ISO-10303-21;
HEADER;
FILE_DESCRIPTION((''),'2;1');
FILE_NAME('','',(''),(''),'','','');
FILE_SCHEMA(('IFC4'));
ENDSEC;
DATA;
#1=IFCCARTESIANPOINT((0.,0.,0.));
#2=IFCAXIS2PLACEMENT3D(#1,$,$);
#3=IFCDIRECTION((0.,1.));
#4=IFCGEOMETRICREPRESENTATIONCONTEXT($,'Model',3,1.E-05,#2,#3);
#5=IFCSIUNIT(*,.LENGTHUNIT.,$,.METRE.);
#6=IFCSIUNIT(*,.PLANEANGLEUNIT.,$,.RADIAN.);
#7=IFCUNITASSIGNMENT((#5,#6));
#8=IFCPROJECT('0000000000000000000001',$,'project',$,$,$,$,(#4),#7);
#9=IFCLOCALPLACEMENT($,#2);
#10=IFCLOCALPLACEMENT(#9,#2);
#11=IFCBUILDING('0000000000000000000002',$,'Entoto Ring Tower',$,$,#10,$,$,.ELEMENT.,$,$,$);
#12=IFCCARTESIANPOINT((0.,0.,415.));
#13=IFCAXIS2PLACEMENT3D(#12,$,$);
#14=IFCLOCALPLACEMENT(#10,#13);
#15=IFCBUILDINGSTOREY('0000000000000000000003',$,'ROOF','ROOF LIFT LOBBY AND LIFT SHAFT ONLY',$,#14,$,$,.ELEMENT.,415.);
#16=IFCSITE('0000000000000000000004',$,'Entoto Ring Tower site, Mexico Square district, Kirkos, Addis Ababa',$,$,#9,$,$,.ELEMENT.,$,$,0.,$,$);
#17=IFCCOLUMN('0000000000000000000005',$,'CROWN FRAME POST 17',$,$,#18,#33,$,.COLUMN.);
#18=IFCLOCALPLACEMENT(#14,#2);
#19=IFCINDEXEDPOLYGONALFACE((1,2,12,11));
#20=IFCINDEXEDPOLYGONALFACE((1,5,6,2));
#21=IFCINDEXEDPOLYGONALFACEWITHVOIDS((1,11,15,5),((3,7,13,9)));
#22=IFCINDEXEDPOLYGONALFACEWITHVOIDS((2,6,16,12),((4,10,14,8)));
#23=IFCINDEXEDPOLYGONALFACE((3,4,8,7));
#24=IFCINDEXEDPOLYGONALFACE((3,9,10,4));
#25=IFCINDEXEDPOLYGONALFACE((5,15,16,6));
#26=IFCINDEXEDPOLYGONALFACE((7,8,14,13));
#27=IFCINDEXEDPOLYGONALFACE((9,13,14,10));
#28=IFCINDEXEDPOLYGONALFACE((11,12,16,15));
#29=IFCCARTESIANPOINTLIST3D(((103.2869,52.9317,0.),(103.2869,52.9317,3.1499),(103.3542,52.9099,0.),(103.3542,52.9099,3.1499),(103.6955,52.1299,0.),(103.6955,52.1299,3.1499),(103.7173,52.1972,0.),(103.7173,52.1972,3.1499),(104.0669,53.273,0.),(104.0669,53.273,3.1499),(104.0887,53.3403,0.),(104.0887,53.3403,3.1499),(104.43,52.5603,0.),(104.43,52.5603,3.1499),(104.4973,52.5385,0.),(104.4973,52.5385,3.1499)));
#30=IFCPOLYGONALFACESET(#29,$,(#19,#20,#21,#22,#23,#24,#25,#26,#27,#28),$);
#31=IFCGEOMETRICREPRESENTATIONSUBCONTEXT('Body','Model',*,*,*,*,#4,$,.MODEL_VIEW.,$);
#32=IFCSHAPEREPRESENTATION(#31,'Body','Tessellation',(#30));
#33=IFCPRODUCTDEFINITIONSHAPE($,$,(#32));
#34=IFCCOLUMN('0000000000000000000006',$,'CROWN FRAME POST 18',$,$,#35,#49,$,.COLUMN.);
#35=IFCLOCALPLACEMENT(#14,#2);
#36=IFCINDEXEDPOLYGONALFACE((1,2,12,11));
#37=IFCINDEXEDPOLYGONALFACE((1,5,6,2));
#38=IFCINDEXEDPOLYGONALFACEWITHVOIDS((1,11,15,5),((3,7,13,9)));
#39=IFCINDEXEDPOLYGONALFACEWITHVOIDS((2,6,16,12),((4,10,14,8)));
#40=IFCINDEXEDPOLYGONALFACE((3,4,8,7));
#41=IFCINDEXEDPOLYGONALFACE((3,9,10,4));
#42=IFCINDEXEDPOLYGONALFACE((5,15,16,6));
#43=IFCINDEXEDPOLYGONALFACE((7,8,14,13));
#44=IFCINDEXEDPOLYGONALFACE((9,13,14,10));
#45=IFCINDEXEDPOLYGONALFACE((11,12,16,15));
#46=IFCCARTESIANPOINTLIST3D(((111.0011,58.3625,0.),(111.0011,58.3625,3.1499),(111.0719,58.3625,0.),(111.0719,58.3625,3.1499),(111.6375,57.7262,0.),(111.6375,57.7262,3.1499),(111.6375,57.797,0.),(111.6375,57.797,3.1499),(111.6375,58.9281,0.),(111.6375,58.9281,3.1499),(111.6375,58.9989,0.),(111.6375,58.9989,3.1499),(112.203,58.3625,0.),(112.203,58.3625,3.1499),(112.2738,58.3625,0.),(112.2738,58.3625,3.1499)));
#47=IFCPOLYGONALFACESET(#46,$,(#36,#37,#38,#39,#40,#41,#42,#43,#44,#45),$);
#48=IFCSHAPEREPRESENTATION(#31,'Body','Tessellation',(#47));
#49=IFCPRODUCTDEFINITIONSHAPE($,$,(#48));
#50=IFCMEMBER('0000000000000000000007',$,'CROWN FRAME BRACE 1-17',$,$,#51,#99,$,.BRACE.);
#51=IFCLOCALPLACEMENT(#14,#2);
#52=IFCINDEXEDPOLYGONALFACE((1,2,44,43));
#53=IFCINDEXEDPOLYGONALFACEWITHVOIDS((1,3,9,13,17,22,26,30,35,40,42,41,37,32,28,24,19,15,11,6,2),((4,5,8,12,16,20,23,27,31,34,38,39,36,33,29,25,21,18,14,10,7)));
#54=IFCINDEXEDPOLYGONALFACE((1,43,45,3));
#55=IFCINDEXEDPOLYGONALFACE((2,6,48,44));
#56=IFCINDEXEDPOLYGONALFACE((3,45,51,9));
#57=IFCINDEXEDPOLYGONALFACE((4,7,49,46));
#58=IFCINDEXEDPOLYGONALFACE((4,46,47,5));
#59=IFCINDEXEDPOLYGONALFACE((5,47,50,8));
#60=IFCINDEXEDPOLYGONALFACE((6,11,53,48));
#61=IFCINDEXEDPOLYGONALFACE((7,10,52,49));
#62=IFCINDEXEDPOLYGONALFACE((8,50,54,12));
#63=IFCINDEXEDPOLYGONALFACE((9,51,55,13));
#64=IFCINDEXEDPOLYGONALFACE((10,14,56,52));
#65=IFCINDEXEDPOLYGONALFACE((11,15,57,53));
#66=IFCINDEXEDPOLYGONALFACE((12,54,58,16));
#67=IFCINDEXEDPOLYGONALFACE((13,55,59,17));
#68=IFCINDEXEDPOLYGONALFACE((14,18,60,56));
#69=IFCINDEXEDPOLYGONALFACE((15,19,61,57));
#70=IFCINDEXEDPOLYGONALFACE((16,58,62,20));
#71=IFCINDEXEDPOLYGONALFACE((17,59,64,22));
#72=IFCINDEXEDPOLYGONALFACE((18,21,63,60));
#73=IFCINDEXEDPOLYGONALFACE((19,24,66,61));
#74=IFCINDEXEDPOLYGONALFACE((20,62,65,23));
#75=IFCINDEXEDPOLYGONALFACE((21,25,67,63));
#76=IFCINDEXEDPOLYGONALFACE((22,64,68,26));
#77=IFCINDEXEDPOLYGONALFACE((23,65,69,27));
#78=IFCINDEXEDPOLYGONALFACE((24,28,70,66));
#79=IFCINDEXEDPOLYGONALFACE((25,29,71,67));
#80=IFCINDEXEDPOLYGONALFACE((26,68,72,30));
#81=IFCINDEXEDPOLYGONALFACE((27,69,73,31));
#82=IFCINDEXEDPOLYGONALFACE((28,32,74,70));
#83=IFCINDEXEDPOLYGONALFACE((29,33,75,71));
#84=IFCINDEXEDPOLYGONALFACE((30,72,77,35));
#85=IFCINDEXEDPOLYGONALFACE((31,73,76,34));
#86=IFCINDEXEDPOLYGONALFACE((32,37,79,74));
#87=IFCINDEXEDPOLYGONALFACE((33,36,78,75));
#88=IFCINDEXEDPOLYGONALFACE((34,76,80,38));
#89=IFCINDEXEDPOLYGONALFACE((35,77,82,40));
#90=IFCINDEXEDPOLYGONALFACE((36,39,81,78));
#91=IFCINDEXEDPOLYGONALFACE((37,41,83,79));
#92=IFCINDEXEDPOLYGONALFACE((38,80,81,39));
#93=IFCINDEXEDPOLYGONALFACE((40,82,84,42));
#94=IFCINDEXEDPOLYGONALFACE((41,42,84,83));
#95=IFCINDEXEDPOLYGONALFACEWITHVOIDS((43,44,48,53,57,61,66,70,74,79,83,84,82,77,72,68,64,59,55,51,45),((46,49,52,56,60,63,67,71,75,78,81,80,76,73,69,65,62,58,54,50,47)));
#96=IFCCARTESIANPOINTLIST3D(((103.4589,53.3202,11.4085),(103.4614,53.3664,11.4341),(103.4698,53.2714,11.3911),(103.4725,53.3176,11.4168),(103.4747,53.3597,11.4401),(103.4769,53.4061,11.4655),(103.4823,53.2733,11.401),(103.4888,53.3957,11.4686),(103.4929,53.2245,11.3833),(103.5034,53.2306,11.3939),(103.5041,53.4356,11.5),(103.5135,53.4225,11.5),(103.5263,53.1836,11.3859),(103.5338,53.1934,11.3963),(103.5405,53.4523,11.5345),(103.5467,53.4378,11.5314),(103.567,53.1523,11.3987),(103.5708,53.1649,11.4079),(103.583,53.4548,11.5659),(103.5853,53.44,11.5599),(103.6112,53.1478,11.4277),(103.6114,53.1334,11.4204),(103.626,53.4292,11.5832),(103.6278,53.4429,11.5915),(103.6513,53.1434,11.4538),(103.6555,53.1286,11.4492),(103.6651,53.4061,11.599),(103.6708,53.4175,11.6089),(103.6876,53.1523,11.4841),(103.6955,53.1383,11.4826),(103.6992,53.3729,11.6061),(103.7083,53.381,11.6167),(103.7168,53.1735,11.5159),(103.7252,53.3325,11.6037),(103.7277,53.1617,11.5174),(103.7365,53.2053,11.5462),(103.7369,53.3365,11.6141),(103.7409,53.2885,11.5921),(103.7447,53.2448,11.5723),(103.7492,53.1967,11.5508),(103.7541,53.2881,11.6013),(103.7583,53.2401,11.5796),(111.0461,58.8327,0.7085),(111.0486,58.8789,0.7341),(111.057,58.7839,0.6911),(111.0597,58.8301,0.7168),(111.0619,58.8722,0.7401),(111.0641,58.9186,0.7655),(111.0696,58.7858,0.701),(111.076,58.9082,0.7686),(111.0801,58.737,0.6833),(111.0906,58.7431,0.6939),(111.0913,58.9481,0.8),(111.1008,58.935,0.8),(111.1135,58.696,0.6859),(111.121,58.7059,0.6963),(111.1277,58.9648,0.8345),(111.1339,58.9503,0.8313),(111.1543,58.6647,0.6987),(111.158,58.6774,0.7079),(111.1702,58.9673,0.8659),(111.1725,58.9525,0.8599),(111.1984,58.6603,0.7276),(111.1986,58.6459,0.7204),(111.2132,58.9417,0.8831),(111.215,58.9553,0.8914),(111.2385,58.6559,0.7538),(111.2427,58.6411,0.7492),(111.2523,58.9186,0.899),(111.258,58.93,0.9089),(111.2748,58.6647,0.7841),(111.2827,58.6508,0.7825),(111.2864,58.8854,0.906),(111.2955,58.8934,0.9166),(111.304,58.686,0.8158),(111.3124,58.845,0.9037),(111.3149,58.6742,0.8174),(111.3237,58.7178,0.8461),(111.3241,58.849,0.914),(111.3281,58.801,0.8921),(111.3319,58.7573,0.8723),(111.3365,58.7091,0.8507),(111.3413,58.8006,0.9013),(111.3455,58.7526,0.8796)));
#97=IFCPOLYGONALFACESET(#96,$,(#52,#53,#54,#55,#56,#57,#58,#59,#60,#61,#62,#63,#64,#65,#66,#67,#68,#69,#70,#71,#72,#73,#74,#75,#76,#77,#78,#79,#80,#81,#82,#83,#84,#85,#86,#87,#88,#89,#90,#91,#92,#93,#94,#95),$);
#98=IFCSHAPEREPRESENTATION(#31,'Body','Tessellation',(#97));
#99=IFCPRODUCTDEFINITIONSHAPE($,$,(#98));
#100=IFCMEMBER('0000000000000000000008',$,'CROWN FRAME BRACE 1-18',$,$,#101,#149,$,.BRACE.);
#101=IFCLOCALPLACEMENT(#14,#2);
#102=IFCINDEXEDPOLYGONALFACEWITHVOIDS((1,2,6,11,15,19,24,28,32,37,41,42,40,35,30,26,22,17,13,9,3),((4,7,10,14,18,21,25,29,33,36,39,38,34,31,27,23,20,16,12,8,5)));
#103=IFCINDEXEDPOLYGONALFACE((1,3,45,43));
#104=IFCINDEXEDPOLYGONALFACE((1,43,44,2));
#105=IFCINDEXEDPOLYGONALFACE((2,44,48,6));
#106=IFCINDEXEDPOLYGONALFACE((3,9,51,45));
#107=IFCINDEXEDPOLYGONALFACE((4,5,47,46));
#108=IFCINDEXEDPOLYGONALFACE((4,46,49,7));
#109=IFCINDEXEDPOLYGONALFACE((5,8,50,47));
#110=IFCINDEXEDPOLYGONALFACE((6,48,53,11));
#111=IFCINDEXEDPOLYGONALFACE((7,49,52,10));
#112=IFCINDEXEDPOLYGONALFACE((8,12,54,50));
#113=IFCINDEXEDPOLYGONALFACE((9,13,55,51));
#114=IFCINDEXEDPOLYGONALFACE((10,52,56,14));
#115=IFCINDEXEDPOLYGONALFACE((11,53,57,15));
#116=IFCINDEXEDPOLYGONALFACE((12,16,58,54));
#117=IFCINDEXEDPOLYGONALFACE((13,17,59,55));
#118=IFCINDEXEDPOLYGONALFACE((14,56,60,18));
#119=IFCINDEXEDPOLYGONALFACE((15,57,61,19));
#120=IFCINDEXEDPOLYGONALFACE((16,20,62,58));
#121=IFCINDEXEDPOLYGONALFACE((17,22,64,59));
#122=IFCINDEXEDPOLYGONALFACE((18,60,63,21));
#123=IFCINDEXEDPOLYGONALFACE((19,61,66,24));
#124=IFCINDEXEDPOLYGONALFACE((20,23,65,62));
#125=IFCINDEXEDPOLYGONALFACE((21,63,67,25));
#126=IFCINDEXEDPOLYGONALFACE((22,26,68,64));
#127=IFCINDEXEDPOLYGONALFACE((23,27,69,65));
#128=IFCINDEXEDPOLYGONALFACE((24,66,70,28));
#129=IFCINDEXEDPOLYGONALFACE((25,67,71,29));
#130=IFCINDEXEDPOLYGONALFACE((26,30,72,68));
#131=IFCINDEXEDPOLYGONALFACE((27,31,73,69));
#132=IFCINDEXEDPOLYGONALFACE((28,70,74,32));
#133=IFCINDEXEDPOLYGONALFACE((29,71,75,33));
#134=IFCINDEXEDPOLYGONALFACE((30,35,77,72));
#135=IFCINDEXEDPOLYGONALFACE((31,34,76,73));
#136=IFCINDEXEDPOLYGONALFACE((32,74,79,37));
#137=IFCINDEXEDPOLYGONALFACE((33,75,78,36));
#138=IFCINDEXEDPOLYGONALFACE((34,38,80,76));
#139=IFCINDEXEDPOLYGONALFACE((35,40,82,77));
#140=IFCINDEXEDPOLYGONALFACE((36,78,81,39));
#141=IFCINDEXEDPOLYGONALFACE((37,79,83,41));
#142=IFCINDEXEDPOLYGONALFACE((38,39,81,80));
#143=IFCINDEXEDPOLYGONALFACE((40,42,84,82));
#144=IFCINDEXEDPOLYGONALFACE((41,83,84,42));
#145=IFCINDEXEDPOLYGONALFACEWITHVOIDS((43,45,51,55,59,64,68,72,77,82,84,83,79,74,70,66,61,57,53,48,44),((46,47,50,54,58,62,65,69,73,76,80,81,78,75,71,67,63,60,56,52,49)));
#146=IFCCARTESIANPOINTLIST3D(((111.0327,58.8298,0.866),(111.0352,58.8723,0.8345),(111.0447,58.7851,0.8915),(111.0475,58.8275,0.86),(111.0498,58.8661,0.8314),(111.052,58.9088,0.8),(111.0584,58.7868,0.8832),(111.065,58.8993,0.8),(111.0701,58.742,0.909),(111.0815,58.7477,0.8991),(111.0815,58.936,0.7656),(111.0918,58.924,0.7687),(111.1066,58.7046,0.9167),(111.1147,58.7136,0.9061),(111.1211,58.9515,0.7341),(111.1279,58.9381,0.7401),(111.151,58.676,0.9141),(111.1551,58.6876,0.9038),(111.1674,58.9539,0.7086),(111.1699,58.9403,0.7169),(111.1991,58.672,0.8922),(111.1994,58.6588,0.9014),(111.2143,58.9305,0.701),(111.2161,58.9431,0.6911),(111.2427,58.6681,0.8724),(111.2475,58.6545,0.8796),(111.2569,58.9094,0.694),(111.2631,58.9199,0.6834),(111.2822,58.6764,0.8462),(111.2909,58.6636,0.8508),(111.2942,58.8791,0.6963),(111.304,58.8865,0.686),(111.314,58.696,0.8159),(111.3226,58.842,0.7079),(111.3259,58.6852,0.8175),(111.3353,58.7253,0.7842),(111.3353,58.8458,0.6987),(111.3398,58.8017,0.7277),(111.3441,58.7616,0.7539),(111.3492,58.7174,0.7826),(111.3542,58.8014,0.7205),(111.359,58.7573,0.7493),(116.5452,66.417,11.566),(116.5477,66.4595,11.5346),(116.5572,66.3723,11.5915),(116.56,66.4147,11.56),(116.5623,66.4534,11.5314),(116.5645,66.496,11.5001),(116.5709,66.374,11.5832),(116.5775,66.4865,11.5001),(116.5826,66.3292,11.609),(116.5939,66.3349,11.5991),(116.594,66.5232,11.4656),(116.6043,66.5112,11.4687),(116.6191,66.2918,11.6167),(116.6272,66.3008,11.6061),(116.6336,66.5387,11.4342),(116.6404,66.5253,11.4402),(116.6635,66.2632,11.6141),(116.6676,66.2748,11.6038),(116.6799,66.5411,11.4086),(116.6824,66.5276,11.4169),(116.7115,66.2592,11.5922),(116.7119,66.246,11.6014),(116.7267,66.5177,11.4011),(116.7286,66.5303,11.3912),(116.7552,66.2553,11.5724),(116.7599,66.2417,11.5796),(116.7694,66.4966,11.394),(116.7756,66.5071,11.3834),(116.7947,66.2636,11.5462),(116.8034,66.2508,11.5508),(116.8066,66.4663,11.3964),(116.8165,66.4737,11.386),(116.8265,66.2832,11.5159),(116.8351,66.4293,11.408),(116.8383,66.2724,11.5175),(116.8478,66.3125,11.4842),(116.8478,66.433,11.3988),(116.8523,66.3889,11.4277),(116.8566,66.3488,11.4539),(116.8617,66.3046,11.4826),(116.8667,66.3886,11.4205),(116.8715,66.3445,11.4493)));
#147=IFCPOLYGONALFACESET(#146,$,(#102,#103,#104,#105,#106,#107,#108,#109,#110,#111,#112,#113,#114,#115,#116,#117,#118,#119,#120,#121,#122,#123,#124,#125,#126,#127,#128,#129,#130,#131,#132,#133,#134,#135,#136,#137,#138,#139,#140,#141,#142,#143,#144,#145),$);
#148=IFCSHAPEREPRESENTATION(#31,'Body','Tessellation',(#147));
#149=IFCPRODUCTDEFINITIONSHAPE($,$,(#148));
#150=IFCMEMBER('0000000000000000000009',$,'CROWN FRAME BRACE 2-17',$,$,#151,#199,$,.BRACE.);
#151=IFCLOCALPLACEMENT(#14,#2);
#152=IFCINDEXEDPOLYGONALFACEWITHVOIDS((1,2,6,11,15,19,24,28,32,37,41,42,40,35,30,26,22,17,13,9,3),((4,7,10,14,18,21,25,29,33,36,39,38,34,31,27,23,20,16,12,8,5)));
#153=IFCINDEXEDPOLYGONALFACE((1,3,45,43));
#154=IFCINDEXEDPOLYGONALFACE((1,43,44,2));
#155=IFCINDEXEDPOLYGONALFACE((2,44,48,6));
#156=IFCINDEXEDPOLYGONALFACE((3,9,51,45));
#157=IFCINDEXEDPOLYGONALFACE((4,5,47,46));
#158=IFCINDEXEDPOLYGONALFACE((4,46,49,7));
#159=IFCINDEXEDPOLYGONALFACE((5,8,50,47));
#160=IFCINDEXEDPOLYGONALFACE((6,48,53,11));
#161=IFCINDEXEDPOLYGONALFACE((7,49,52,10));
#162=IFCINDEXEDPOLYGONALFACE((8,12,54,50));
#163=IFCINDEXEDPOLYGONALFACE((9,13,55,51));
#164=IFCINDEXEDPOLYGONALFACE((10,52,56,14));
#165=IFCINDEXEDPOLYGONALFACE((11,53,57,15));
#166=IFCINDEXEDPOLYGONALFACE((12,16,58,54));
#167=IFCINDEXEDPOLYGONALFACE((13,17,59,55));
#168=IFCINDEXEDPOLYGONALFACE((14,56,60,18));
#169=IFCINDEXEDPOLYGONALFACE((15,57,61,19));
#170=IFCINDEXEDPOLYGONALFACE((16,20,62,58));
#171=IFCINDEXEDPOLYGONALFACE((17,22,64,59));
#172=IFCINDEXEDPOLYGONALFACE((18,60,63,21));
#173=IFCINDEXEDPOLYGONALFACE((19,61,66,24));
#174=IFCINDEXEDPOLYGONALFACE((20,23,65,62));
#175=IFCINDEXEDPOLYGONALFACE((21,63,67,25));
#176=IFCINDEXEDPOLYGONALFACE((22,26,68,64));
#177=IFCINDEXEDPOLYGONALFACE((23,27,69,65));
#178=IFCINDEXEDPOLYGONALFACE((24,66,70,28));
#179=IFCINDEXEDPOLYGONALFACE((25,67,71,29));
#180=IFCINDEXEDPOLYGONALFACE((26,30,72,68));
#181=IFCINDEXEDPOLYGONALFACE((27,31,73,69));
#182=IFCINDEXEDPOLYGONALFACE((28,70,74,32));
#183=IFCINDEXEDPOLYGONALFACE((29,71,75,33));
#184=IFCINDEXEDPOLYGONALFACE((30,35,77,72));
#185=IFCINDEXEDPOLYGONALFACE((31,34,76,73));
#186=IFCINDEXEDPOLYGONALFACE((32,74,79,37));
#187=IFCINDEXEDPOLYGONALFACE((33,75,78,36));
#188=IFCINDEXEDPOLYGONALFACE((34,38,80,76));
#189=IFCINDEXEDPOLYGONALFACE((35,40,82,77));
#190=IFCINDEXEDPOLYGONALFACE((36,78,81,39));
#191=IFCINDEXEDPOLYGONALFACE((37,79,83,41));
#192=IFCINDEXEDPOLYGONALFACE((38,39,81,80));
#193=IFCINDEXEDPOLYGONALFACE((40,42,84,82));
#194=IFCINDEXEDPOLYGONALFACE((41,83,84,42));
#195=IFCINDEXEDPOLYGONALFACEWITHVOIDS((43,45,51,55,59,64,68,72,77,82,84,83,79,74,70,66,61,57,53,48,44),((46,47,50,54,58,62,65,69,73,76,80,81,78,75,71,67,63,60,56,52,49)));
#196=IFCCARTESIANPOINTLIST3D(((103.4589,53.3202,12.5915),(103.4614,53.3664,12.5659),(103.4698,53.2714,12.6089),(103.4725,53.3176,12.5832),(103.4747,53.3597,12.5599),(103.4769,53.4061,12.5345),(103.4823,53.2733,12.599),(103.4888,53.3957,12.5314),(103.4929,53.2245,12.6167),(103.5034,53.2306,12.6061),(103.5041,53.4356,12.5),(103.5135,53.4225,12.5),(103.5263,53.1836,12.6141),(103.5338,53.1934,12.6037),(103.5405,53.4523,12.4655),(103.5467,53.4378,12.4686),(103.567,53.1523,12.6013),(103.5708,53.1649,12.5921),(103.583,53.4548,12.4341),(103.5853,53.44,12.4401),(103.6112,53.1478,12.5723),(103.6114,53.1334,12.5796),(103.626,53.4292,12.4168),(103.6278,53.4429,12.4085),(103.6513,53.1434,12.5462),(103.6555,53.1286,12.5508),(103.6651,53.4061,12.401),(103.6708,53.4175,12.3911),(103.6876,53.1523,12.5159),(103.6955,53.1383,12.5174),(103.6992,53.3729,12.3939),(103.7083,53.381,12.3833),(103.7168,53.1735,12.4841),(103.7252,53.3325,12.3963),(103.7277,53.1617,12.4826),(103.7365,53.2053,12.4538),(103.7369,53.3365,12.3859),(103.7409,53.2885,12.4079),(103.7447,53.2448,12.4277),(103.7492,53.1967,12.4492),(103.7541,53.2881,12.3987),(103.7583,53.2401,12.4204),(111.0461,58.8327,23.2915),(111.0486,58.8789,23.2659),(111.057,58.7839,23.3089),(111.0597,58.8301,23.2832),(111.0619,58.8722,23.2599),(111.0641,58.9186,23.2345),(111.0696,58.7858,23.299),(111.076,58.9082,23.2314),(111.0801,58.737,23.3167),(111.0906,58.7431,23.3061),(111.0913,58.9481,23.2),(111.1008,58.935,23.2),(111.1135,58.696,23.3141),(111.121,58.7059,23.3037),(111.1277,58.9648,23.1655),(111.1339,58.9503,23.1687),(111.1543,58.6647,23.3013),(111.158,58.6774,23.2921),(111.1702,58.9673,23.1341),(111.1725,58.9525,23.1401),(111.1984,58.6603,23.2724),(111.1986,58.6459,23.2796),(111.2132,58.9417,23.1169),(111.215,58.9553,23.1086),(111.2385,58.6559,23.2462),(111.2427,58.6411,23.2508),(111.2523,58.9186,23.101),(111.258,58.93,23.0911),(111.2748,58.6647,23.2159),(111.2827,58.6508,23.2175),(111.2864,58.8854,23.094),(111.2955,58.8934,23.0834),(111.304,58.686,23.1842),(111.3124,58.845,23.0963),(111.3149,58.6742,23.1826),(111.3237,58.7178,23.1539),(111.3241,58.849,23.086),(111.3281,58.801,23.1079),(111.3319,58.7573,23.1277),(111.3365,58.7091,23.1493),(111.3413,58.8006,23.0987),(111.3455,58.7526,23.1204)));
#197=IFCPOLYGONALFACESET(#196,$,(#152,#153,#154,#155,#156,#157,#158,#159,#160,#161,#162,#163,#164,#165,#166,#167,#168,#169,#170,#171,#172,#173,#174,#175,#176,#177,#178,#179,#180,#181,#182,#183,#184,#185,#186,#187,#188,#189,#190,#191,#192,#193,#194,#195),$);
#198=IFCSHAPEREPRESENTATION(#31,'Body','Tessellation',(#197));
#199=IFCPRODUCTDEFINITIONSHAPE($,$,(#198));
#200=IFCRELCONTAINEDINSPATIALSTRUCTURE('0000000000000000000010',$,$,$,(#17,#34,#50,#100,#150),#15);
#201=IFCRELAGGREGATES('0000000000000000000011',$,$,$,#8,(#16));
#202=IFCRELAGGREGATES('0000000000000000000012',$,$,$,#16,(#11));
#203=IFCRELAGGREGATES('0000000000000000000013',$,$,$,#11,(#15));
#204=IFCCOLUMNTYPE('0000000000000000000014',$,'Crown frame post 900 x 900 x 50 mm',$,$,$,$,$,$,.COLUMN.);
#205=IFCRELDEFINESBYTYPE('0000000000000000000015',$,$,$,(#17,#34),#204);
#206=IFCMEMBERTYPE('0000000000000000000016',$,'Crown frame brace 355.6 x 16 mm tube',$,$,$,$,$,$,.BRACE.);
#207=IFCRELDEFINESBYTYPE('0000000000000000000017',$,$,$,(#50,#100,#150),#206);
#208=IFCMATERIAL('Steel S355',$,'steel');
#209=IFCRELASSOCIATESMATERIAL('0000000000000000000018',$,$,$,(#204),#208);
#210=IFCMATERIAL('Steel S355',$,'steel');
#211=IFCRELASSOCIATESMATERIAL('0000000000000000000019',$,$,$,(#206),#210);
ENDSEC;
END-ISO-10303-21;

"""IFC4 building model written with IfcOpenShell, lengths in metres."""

from ifc_helpers import new_model, si_unit, direction, frame, origin, origin_2d, place, context, subcontext, project, spatial, hollow_rectangle, hollow_circle, extrude, material, material_profile, profile_set, type_object, element, save


model = new_model("IFC4")

# Units and contexts
model_context = context("Model", 3, precision=1e-05, world=origin(), true_north=direction((0.0, 1.0)))
body_context = subcontext(model_context, "Body", "Model", "MODEL_VIEW")
ifc_project = project(units=[si_unit("LENGTHUNIT", "METRE"), si_unit("PLANEANGLEUNIT", "RADIAN")], contexts=[model_context])

# Site, building, storey
site_placement = place(None, origin())
site = spatial("IfcSite", under=ifc_project, at=site_placement, Name="Entoto Ring Tower site, Mexico Square district, Kirkos, Addis Ababa", CompositionType="ELEMENT", RefElevation=0.0)
building_placement = place(site_placement, origin())
building = spatial("IfcBuilding", under=site, at=building_placement, Name="Entoto Ring Tower", CompositionType="ELEMENT")
storey_placement = place(building_placement, frame((0.0, 0.0, 415.0)))
storey = spatial("IfcBuildingStorey", under=building, at=storey_placement, Name="ROOF", Description="ROOF LIFT LOBBY AND LIFT SHAFT ONLY", CompositionType="ELEMENT", Elevation=415.0)

# Columns
ifc_material_1 = material(Name="Steel S355", Category="steel")
ifc_material_profile_1 = material_profile(ifc_material_1, hollow_rectangle(XDim=0.8999, YDim=0.8999, WallThickness=0.05, at=origin_2d()), Name="Crown frame post 900 x 900 x 50 mm")
ifc_profile_set_1 = profile_set([ifc_material_profile_1], Name="Steel S355")
column_type = type_object("IfcColumnType", Name="Crown frame post 900 x 900 x 50 mm", PredefinedType="COLUMN", material=ifc_profile_set_1)
for number, where, z_axis, x_axis, name in (
    (1, (103.8921, 52.7351, 0.0), (0.0, 0.0, 1.0), (0.891007, 0.45399, 0.0), "CROWN FRAME POST 17"),
    (2, (111.6375, 58.3625, 0.0), (0.0, 0.0, 1.0), (0.707107, 0.707107, 0.0), "CROWN FRAME POST 18"),
):
    element("IfcColumn", number, at=place(storey_placement, frame(where, z_axis=z_axis, x_axis=x_axis)), inside=storey, type_object=column_type, Name=name, PredefinedType="COLUMN", context=body_context, shape_type="SweptSolid", body=[
        extrude(hollow_rectangle(XDim=0.8999, YDim=0.8999, WallThickness=0.05, at=origin_2d()), origin(), (0.0, 0.0, 1.0), 3.1499),
    ])

# Members
ifc_material_2 = material(Name="Steel S355", Category="steel")
ifc_material_profile_2 = material_profile(ifc_material_2, hollow_circle(Radius=0.1775, WallThickness=0.0161, at=origin_2d()), Name="Crown frame brace 355.6 x 16 mm tube")
ifc_profile_set_2 = profile_set([ifc_material_profile_2], Name="Steel S355")
member_type_1 = type_object("IfcMemberType", Name="Crown frame brace 355.6 x 16 mm tube", PredefinedType="BRACE", material=ifc_profile_set_2)
for number, where, z_axis, x_axis, name in (
    (3, (103.6084, 53.292, 11.5), (0.533249, 0.387432, -0.752025), (-0.587789, 0.809014, 0.0), "CROWN FRAME BRACE 1-17"),
    (4, (111.1956, 58.8044, 0.8), (0.387432, 0.533249, 0.752025), (-0.809014, 0.587789, 0.0), "CROWN FRAME BRACE 1-18"),
    (5, (103.6084, 53.292, 12.5), (0.533249, 0.387432, 0.752025), (-0.587789, 0.809014, 0.0), "CROWN FRAME BRACE 2-17"),
):
    element("IfcMember", number, at=place(storey_placement, frame(where, z_axis=z_axis, x_axis=x_axis)), inside=storey, type_object=member_type_1, Name=name, PredefinedType="BRACE", context=body_context, shape_type="SweptSolid", body=[
        extrude(hollow_circle(Radius=0.1775, WallThickness=0.0161, at=origin_2d()), origin(), (0.0, 0.0, 1.0), 14.2283),
    ])

save(model, "model.ifc")
